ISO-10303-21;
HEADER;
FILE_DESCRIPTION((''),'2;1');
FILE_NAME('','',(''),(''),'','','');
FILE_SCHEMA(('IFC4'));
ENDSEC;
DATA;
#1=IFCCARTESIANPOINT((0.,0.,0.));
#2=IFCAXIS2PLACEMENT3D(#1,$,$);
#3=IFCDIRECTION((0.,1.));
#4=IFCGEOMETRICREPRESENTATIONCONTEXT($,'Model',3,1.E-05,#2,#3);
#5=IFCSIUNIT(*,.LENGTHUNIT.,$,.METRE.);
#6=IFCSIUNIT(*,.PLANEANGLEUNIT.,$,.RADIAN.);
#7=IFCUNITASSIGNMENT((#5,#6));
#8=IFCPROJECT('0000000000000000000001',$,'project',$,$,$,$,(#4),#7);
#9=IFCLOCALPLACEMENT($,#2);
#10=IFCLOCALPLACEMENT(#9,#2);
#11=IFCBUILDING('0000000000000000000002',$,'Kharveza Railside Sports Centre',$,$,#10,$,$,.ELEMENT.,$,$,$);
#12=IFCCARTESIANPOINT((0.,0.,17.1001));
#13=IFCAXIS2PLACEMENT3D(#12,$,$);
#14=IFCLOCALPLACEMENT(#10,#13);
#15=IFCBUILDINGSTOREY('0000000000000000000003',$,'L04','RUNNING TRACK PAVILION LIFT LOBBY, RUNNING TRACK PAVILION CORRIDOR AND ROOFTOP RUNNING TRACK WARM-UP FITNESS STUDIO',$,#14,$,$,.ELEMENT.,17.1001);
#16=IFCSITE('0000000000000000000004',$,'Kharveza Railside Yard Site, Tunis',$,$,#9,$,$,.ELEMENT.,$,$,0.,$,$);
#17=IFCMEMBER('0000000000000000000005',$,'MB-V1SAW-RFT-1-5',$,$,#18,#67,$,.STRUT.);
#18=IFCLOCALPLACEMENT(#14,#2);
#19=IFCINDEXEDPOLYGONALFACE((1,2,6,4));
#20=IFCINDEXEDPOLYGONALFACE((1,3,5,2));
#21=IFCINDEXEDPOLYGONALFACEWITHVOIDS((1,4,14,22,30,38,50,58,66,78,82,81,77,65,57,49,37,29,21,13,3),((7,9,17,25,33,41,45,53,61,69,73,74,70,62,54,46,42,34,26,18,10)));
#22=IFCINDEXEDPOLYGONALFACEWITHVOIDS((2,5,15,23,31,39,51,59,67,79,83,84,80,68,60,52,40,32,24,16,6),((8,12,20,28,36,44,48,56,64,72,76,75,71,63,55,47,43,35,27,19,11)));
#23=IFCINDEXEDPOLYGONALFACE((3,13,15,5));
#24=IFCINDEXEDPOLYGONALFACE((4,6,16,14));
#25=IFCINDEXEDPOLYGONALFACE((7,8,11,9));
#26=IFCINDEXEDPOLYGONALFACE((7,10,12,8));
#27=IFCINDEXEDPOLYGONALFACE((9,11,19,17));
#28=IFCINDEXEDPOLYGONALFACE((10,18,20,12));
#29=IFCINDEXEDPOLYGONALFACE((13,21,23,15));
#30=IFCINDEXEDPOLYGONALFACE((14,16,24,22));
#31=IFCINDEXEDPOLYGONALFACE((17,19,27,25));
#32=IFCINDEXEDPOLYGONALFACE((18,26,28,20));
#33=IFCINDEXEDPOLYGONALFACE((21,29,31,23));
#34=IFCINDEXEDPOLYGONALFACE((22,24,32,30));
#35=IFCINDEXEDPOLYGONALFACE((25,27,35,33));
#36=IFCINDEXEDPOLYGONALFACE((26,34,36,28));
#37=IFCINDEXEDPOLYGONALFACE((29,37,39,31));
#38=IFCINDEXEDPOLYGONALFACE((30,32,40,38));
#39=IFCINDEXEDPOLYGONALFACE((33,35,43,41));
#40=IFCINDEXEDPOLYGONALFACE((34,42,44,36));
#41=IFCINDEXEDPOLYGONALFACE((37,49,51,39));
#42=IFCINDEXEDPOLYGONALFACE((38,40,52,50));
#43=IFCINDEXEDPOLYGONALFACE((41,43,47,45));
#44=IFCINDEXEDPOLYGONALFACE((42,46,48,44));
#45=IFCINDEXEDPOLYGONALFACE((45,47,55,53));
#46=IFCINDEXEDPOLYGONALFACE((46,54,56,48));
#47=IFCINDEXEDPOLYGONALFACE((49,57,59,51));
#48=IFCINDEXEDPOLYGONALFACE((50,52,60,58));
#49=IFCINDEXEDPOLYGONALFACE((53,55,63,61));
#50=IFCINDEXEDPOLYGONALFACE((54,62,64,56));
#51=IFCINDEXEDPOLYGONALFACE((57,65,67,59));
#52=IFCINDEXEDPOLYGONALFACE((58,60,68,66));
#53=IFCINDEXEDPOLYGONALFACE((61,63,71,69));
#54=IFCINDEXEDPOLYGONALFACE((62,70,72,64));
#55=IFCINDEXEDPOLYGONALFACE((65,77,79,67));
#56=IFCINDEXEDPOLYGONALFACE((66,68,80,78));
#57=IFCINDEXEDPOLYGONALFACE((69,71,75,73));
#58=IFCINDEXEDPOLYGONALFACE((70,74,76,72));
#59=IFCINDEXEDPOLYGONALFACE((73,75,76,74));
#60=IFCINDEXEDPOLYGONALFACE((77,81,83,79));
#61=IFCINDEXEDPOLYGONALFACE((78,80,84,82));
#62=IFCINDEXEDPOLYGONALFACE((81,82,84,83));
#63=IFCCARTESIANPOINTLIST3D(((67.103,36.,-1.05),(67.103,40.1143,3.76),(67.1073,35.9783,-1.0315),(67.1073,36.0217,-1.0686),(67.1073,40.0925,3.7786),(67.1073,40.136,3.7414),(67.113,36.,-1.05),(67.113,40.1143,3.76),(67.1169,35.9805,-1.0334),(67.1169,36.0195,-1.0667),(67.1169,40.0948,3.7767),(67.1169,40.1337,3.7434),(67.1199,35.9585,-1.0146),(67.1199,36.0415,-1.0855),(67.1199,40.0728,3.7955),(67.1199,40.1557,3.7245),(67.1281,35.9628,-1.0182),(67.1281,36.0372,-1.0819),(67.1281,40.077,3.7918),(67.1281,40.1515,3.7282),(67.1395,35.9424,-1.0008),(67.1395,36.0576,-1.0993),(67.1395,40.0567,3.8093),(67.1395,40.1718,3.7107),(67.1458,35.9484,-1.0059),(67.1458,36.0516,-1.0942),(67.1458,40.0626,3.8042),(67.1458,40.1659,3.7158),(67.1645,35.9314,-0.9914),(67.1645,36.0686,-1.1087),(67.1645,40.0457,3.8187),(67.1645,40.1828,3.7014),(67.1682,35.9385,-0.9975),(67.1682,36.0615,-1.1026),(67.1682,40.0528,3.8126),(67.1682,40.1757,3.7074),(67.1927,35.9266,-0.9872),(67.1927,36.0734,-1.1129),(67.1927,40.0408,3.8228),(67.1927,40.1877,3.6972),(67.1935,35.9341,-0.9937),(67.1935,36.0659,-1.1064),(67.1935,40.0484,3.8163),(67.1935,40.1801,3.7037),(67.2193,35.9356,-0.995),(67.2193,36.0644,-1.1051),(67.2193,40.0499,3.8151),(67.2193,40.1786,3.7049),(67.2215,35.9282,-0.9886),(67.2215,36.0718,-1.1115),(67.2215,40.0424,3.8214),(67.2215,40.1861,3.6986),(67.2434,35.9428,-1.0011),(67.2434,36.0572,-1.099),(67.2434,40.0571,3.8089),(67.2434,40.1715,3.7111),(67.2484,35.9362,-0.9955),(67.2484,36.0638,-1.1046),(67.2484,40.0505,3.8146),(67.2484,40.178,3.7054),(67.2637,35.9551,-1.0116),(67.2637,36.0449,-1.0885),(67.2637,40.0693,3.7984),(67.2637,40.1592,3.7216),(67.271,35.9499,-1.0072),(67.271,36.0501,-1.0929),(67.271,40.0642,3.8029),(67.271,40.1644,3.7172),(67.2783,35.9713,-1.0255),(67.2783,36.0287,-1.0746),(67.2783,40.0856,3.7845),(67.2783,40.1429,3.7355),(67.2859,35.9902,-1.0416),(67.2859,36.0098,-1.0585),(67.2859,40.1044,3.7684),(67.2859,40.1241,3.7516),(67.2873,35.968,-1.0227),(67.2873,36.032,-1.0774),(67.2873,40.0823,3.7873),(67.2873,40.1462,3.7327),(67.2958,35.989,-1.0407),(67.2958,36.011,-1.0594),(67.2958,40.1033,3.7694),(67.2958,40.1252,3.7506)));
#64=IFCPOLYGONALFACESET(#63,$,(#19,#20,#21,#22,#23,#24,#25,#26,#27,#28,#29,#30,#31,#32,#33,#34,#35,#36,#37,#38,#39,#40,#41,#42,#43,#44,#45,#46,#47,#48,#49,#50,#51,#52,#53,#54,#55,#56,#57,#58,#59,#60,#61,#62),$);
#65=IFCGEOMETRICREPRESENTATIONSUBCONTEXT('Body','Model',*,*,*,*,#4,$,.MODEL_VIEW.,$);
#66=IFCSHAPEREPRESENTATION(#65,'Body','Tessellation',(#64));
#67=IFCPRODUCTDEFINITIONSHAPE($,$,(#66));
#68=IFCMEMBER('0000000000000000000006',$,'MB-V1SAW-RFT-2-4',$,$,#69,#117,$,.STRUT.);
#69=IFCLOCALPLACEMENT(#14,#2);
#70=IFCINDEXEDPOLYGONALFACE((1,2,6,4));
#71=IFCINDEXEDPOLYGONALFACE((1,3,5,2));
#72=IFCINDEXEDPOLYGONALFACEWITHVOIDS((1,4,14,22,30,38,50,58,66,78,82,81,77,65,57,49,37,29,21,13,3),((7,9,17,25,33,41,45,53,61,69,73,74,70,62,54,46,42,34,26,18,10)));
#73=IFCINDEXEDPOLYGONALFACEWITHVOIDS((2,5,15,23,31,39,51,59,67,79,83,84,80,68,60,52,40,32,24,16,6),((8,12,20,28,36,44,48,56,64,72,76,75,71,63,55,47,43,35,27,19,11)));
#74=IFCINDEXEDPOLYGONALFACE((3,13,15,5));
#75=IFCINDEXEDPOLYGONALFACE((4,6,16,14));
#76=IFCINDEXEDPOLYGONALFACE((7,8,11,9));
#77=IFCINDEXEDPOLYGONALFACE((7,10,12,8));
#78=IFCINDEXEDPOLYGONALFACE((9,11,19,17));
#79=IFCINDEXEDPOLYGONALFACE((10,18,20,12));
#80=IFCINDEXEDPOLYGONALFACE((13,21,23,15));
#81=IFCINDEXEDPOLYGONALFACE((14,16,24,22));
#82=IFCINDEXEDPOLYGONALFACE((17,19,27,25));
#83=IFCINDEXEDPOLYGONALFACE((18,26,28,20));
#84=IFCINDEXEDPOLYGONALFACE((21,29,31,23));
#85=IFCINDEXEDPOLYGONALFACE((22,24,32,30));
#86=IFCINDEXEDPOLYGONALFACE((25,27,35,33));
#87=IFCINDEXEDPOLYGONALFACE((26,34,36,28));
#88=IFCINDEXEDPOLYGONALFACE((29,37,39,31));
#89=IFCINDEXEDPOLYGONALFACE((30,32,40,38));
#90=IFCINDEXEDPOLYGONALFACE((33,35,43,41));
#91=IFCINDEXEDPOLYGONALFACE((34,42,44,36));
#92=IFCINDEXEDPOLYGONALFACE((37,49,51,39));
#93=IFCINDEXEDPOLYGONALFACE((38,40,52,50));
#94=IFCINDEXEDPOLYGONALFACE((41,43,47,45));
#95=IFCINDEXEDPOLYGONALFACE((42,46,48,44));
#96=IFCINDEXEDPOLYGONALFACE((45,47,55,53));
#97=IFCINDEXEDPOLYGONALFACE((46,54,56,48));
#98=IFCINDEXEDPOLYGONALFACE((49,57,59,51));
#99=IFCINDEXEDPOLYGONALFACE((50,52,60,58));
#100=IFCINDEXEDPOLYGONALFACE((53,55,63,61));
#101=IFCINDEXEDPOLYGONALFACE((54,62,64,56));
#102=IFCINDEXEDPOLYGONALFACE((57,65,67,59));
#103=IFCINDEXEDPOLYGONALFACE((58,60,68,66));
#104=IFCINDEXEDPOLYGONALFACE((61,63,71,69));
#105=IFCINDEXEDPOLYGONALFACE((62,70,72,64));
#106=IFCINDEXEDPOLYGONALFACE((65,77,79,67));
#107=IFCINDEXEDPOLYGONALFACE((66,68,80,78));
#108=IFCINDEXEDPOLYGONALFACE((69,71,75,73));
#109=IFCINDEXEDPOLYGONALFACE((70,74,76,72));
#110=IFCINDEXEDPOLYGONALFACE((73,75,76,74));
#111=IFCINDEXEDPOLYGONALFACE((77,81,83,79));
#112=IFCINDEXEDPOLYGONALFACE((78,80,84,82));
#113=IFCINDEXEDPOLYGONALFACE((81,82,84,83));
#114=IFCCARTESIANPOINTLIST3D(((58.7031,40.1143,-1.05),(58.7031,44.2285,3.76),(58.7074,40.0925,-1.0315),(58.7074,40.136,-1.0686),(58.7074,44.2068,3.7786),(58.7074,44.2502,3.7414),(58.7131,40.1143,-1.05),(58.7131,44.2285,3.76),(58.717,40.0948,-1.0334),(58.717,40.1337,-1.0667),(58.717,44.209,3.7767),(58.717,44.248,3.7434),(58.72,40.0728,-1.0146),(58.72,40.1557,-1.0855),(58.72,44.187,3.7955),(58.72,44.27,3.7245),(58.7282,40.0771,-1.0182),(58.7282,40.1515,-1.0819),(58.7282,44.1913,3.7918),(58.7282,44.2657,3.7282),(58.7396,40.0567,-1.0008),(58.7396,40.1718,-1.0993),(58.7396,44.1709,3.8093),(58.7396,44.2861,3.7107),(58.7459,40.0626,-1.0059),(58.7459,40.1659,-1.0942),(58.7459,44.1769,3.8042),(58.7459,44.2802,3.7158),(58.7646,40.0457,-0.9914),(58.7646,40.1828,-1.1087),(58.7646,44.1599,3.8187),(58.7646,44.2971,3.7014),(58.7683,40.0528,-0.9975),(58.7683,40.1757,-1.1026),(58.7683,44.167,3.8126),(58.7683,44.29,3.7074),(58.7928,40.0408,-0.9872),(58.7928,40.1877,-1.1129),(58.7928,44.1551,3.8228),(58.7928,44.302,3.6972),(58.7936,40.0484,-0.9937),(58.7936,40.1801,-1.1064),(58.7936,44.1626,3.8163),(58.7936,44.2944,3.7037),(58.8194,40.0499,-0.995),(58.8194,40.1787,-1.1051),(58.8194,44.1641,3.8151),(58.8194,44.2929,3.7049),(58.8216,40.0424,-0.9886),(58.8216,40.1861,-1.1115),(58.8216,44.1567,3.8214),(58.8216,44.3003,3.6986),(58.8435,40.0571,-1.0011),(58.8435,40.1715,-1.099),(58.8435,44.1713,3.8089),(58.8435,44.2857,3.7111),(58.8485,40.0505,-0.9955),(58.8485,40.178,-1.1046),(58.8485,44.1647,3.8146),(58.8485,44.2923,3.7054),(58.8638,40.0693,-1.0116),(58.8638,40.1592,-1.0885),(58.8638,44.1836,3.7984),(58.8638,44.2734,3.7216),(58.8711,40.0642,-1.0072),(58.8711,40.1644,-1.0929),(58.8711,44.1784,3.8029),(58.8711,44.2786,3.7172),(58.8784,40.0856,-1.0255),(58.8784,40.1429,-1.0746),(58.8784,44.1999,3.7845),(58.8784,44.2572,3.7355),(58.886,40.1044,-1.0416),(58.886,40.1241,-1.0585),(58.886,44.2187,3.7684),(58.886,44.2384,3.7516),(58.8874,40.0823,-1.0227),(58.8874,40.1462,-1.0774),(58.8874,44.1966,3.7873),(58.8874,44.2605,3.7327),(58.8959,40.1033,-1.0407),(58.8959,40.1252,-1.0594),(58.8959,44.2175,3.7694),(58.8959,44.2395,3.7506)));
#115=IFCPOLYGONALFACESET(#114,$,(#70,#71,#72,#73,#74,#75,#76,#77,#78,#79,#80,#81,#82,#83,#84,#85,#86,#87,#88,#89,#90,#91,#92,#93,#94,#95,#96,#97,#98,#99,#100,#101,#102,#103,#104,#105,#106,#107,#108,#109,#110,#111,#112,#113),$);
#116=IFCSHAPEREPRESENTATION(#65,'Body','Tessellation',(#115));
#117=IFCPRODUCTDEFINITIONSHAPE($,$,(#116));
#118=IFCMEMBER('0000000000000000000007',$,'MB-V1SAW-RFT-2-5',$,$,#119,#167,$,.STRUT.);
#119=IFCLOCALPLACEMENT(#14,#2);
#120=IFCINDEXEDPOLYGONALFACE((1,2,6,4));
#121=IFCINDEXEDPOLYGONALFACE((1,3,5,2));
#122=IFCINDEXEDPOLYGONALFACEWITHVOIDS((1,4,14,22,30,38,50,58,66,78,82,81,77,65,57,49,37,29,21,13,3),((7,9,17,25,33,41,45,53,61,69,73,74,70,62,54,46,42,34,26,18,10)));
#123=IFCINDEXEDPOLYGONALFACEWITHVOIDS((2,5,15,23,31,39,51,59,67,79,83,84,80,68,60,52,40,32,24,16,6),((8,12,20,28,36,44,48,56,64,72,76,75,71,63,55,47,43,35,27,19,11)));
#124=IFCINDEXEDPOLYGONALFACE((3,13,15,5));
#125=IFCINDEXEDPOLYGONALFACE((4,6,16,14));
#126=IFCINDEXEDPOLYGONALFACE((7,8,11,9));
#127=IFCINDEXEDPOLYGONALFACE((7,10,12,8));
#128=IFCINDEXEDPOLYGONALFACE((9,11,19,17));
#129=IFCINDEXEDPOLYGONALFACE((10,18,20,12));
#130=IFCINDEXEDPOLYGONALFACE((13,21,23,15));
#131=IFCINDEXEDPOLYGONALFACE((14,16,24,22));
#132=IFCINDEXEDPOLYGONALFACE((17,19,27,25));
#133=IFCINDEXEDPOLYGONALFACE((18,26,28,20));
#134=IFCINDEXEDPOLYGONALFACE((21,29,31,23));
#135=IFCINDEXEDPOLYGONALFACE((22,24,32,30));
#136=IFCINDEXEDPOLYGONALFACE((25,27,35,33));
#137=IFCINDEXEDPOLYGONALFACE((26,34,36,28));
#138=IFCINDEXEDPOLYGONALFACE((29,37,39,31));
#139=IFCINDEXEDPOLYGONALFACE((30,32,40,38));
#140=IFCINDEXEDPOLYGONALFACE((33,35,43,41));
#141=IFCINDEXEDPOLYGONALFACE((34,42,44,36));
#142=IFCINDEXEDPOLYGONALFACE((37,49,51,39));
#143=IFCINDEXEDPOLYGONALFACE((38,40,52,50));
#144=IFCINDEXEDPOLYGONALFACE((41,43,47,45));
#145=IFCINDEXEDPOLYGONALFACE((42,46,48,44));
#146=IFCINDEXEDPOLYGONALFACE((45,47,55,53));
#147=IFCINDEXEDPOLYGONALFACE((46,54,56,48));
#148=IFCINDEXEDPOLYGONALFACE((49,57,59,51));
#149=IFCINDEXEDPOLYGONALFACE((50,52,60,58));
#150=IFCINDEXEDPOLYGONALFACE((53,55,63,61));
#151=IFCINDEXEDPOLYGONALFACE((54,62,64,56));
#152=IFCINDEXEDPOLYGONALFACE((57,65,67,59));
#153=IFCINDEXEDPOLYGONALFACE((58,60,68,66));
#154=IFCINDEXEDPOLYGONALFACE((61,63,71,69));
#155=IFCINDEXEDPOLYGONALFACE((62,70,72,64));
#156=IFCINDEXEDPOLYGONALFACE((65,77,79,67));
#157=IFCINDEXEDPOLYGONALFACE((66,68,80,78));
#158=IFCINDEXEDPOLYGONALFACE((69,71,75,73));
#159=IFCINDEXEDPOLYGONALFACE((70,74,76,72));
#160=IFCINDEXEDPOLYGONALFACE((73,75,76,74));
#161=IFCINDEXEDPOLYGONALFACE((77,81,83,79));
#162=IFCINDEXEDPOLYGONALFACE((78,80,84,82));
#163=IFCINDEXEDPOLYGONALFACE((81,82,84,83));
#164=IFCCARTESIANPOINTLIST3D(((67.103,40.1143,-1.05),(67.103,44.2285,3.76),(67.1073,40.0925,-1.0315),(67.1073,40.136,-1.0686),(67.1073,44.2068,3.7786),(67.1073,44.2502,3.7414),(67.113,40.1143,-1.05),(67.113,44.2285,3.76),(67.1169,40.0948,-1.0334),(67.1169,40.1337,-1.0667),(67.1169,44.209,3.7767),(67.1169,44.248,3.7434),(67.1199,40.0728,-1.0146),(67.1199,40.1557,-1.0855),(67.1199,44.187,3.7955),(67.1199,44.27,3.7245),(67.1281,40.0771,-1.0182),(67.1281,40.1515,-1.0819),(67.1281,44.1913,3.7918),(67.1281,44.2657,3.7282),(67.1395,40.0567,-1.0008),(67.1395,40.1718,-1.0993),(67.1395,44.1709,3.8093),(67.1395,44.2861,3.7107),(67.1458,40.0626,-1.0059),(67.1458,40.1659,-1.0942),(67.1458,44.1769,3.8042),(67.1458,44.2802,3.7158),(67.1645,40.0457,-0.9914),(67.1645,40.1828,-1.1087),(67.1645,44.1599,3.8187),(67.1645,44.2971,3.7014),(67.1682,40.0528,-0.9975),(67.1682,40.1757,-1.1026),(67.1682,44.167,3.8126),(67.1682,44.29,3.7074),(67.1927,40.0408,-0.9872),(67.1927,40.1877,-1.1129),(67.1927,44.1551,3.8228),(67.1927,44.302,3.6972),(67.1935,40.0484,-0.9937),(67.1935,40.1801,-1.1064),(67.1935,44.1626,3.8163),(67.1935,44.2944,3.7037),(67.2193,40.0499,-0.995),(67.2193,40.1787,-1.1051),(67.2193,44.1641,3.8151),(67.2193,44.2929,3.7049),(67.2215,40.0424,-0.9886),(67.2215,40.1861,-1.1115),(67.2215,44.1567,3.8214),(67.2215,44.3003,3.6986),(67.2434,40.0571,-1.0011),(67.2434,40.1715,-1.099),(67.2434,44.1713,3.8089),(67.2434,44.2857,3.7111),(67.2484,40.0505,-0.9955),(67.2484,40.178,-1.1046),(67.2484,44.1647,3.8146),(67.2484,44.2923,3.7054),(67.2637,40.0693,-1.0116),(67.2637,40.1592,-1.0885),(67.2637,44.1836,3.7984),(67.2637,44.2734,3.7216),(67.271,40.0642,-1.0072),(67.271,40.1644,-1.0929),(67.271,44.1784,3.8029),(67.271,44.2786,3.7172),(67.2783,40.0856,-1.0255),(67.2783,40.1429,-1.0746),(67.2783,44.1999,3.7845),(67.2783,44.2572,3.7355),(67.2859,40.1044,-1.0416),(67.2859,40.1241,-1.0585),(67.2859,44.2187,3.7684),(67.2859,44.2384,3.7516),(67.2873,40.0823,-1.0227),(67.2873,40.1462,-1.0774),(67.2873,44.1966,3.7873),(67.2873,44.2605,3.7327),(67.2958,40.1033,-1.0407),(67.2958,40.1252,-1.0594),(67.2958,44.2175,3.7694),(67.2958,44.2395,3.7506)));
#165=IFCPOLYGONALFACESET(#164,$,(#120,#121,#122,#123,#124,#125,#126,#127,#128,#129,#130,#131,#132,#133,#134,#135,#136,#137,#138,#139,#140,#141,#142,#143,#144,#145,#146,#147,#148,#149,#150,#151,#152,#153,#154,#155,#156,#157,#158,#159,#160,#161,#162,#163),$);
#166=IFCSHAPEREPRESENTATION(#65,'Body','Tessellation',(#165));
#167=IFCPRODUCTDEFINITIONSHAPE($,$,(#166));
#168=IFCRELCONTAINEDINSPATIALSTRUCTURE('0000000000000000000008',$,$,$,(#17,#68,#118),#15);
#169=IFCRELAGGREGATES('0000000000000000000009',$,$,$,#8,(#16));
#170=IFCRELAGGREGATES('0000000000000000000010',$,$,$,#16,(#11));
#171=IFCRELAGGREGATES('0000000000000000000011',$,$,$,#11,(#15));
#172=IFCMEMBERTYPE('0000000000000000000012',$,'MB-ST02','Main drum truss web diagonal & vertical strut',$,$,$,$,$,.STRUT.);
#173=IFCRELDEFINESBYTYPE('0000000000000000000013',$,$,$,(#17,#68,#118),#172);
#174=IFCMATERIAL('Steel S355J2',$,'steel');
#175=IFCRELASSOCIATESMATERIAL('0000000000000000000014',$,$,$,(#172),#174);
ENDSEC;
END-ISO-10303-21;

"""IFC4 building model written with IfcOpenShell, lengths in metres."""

from ifc_helpers import new_model, si_unit, direction, frame, origin, origin_2d, place, context, subcontext, project, spatial, hollow_circle, extrude, material, material_profile, profile_set, type_object, element, save


model = new_model("IFC4")

# Units and contexts
model_context = context("Model", 3, precision=1e-05, world=origin(), true_north=direction((0.0, 1.0)))
body_context = subcontext(model_context, "Body", "Model", "MODEL_VIEW")
ifc_project = project(units=[si_unit("LENGTHUNIT", "METRE"), si_unit("PLANEANGLEUNIT", "RADIAN")], contexts=[model_context])

# Site, building, storey
site_placement = place(None, origin())
site = spatial("IfcSite", under=ifc_project, at=site_placement, Name="Kharveza Railside Yard Site, Tunis", CompositionType="ELEMENT", RefElevation=0.0)
building_placement = place(site_placement, origin())
building = spatial("IfcBuilding", under=site, at=building_placement, Name="Kharveza Railside Sports Centre", CompositionType="ELEMENT")
storey_placement = place(building_placement, frame((0.0, 0.0, 17.1001)))
storey = spatial("IfcBuildingStorey", under=building, at=storey_placement, Name="L04", Description="RUNNING TRACK PAVILION LIFT LOBBY, RUNNING TRACK PAVILION CORRIDOR AND ROOFTOP RUNNING TRACK WARM-UP FITNESS STUDIO", CompositionType="ELEMENT", Elevation=17.1001)

# Members
ifc_material_1 = material(Name="Steel S355J2", Category="steel")
ifc_material_profile_1 = material_profile(ifc_material_1, hollow_circle(Radius=0.0969, WallThickness=0.01, at=origin_2d()), Name="CHS 193.7x10.0")
ifc_profile_set_1 = profile_set([ifc_material_profile_1], Name="Steel S355J2")
member_type_1 = type_object("IfcMemberType", Name="MB-ST02", Description="Main drum truss web diagonal & vertical strut", PredefinedType="STRUT", material=ifc_profile_set_1)
for number, where, z_axis, x_axis, name in (
    (1, (67.2, 36.0, -1.05), (0.0, 0.650003, 0.759931), (-1.0, 0.0, 0.0), "MB-V1SAW-RFT-1-5"),
    (2, (58.8, 40.1143, -1.05), (0.0, 0.650003, 0.759931), (-1.0, 0.0, 0.0), "MB-V1SAW-RFT-2-4"),
    (3, (67.2, 40.1143, -1.05), (0.0, 0.650003, 0.759931), (-1.0, 0.0, 0.0), "MB-V1SAW-RFT-2-5"),
):
    element("IfcMember", number, at=place(storey_placement, frame(where, z_axis=z_axis, x_axis=x_axis)), inside=storey, type_object=member_type_1, Name=name, PredefinedType="STRUT", context=body_context, shape_type="SweptSolid", body=[
        extrude(hollow_circle(Radius=0.0969, WallThickness=0.01, at=origin_2d()), origin(), (0.0, 0.0, 1.0), 6.3296),
    ])

save(model, "model.ifc")
